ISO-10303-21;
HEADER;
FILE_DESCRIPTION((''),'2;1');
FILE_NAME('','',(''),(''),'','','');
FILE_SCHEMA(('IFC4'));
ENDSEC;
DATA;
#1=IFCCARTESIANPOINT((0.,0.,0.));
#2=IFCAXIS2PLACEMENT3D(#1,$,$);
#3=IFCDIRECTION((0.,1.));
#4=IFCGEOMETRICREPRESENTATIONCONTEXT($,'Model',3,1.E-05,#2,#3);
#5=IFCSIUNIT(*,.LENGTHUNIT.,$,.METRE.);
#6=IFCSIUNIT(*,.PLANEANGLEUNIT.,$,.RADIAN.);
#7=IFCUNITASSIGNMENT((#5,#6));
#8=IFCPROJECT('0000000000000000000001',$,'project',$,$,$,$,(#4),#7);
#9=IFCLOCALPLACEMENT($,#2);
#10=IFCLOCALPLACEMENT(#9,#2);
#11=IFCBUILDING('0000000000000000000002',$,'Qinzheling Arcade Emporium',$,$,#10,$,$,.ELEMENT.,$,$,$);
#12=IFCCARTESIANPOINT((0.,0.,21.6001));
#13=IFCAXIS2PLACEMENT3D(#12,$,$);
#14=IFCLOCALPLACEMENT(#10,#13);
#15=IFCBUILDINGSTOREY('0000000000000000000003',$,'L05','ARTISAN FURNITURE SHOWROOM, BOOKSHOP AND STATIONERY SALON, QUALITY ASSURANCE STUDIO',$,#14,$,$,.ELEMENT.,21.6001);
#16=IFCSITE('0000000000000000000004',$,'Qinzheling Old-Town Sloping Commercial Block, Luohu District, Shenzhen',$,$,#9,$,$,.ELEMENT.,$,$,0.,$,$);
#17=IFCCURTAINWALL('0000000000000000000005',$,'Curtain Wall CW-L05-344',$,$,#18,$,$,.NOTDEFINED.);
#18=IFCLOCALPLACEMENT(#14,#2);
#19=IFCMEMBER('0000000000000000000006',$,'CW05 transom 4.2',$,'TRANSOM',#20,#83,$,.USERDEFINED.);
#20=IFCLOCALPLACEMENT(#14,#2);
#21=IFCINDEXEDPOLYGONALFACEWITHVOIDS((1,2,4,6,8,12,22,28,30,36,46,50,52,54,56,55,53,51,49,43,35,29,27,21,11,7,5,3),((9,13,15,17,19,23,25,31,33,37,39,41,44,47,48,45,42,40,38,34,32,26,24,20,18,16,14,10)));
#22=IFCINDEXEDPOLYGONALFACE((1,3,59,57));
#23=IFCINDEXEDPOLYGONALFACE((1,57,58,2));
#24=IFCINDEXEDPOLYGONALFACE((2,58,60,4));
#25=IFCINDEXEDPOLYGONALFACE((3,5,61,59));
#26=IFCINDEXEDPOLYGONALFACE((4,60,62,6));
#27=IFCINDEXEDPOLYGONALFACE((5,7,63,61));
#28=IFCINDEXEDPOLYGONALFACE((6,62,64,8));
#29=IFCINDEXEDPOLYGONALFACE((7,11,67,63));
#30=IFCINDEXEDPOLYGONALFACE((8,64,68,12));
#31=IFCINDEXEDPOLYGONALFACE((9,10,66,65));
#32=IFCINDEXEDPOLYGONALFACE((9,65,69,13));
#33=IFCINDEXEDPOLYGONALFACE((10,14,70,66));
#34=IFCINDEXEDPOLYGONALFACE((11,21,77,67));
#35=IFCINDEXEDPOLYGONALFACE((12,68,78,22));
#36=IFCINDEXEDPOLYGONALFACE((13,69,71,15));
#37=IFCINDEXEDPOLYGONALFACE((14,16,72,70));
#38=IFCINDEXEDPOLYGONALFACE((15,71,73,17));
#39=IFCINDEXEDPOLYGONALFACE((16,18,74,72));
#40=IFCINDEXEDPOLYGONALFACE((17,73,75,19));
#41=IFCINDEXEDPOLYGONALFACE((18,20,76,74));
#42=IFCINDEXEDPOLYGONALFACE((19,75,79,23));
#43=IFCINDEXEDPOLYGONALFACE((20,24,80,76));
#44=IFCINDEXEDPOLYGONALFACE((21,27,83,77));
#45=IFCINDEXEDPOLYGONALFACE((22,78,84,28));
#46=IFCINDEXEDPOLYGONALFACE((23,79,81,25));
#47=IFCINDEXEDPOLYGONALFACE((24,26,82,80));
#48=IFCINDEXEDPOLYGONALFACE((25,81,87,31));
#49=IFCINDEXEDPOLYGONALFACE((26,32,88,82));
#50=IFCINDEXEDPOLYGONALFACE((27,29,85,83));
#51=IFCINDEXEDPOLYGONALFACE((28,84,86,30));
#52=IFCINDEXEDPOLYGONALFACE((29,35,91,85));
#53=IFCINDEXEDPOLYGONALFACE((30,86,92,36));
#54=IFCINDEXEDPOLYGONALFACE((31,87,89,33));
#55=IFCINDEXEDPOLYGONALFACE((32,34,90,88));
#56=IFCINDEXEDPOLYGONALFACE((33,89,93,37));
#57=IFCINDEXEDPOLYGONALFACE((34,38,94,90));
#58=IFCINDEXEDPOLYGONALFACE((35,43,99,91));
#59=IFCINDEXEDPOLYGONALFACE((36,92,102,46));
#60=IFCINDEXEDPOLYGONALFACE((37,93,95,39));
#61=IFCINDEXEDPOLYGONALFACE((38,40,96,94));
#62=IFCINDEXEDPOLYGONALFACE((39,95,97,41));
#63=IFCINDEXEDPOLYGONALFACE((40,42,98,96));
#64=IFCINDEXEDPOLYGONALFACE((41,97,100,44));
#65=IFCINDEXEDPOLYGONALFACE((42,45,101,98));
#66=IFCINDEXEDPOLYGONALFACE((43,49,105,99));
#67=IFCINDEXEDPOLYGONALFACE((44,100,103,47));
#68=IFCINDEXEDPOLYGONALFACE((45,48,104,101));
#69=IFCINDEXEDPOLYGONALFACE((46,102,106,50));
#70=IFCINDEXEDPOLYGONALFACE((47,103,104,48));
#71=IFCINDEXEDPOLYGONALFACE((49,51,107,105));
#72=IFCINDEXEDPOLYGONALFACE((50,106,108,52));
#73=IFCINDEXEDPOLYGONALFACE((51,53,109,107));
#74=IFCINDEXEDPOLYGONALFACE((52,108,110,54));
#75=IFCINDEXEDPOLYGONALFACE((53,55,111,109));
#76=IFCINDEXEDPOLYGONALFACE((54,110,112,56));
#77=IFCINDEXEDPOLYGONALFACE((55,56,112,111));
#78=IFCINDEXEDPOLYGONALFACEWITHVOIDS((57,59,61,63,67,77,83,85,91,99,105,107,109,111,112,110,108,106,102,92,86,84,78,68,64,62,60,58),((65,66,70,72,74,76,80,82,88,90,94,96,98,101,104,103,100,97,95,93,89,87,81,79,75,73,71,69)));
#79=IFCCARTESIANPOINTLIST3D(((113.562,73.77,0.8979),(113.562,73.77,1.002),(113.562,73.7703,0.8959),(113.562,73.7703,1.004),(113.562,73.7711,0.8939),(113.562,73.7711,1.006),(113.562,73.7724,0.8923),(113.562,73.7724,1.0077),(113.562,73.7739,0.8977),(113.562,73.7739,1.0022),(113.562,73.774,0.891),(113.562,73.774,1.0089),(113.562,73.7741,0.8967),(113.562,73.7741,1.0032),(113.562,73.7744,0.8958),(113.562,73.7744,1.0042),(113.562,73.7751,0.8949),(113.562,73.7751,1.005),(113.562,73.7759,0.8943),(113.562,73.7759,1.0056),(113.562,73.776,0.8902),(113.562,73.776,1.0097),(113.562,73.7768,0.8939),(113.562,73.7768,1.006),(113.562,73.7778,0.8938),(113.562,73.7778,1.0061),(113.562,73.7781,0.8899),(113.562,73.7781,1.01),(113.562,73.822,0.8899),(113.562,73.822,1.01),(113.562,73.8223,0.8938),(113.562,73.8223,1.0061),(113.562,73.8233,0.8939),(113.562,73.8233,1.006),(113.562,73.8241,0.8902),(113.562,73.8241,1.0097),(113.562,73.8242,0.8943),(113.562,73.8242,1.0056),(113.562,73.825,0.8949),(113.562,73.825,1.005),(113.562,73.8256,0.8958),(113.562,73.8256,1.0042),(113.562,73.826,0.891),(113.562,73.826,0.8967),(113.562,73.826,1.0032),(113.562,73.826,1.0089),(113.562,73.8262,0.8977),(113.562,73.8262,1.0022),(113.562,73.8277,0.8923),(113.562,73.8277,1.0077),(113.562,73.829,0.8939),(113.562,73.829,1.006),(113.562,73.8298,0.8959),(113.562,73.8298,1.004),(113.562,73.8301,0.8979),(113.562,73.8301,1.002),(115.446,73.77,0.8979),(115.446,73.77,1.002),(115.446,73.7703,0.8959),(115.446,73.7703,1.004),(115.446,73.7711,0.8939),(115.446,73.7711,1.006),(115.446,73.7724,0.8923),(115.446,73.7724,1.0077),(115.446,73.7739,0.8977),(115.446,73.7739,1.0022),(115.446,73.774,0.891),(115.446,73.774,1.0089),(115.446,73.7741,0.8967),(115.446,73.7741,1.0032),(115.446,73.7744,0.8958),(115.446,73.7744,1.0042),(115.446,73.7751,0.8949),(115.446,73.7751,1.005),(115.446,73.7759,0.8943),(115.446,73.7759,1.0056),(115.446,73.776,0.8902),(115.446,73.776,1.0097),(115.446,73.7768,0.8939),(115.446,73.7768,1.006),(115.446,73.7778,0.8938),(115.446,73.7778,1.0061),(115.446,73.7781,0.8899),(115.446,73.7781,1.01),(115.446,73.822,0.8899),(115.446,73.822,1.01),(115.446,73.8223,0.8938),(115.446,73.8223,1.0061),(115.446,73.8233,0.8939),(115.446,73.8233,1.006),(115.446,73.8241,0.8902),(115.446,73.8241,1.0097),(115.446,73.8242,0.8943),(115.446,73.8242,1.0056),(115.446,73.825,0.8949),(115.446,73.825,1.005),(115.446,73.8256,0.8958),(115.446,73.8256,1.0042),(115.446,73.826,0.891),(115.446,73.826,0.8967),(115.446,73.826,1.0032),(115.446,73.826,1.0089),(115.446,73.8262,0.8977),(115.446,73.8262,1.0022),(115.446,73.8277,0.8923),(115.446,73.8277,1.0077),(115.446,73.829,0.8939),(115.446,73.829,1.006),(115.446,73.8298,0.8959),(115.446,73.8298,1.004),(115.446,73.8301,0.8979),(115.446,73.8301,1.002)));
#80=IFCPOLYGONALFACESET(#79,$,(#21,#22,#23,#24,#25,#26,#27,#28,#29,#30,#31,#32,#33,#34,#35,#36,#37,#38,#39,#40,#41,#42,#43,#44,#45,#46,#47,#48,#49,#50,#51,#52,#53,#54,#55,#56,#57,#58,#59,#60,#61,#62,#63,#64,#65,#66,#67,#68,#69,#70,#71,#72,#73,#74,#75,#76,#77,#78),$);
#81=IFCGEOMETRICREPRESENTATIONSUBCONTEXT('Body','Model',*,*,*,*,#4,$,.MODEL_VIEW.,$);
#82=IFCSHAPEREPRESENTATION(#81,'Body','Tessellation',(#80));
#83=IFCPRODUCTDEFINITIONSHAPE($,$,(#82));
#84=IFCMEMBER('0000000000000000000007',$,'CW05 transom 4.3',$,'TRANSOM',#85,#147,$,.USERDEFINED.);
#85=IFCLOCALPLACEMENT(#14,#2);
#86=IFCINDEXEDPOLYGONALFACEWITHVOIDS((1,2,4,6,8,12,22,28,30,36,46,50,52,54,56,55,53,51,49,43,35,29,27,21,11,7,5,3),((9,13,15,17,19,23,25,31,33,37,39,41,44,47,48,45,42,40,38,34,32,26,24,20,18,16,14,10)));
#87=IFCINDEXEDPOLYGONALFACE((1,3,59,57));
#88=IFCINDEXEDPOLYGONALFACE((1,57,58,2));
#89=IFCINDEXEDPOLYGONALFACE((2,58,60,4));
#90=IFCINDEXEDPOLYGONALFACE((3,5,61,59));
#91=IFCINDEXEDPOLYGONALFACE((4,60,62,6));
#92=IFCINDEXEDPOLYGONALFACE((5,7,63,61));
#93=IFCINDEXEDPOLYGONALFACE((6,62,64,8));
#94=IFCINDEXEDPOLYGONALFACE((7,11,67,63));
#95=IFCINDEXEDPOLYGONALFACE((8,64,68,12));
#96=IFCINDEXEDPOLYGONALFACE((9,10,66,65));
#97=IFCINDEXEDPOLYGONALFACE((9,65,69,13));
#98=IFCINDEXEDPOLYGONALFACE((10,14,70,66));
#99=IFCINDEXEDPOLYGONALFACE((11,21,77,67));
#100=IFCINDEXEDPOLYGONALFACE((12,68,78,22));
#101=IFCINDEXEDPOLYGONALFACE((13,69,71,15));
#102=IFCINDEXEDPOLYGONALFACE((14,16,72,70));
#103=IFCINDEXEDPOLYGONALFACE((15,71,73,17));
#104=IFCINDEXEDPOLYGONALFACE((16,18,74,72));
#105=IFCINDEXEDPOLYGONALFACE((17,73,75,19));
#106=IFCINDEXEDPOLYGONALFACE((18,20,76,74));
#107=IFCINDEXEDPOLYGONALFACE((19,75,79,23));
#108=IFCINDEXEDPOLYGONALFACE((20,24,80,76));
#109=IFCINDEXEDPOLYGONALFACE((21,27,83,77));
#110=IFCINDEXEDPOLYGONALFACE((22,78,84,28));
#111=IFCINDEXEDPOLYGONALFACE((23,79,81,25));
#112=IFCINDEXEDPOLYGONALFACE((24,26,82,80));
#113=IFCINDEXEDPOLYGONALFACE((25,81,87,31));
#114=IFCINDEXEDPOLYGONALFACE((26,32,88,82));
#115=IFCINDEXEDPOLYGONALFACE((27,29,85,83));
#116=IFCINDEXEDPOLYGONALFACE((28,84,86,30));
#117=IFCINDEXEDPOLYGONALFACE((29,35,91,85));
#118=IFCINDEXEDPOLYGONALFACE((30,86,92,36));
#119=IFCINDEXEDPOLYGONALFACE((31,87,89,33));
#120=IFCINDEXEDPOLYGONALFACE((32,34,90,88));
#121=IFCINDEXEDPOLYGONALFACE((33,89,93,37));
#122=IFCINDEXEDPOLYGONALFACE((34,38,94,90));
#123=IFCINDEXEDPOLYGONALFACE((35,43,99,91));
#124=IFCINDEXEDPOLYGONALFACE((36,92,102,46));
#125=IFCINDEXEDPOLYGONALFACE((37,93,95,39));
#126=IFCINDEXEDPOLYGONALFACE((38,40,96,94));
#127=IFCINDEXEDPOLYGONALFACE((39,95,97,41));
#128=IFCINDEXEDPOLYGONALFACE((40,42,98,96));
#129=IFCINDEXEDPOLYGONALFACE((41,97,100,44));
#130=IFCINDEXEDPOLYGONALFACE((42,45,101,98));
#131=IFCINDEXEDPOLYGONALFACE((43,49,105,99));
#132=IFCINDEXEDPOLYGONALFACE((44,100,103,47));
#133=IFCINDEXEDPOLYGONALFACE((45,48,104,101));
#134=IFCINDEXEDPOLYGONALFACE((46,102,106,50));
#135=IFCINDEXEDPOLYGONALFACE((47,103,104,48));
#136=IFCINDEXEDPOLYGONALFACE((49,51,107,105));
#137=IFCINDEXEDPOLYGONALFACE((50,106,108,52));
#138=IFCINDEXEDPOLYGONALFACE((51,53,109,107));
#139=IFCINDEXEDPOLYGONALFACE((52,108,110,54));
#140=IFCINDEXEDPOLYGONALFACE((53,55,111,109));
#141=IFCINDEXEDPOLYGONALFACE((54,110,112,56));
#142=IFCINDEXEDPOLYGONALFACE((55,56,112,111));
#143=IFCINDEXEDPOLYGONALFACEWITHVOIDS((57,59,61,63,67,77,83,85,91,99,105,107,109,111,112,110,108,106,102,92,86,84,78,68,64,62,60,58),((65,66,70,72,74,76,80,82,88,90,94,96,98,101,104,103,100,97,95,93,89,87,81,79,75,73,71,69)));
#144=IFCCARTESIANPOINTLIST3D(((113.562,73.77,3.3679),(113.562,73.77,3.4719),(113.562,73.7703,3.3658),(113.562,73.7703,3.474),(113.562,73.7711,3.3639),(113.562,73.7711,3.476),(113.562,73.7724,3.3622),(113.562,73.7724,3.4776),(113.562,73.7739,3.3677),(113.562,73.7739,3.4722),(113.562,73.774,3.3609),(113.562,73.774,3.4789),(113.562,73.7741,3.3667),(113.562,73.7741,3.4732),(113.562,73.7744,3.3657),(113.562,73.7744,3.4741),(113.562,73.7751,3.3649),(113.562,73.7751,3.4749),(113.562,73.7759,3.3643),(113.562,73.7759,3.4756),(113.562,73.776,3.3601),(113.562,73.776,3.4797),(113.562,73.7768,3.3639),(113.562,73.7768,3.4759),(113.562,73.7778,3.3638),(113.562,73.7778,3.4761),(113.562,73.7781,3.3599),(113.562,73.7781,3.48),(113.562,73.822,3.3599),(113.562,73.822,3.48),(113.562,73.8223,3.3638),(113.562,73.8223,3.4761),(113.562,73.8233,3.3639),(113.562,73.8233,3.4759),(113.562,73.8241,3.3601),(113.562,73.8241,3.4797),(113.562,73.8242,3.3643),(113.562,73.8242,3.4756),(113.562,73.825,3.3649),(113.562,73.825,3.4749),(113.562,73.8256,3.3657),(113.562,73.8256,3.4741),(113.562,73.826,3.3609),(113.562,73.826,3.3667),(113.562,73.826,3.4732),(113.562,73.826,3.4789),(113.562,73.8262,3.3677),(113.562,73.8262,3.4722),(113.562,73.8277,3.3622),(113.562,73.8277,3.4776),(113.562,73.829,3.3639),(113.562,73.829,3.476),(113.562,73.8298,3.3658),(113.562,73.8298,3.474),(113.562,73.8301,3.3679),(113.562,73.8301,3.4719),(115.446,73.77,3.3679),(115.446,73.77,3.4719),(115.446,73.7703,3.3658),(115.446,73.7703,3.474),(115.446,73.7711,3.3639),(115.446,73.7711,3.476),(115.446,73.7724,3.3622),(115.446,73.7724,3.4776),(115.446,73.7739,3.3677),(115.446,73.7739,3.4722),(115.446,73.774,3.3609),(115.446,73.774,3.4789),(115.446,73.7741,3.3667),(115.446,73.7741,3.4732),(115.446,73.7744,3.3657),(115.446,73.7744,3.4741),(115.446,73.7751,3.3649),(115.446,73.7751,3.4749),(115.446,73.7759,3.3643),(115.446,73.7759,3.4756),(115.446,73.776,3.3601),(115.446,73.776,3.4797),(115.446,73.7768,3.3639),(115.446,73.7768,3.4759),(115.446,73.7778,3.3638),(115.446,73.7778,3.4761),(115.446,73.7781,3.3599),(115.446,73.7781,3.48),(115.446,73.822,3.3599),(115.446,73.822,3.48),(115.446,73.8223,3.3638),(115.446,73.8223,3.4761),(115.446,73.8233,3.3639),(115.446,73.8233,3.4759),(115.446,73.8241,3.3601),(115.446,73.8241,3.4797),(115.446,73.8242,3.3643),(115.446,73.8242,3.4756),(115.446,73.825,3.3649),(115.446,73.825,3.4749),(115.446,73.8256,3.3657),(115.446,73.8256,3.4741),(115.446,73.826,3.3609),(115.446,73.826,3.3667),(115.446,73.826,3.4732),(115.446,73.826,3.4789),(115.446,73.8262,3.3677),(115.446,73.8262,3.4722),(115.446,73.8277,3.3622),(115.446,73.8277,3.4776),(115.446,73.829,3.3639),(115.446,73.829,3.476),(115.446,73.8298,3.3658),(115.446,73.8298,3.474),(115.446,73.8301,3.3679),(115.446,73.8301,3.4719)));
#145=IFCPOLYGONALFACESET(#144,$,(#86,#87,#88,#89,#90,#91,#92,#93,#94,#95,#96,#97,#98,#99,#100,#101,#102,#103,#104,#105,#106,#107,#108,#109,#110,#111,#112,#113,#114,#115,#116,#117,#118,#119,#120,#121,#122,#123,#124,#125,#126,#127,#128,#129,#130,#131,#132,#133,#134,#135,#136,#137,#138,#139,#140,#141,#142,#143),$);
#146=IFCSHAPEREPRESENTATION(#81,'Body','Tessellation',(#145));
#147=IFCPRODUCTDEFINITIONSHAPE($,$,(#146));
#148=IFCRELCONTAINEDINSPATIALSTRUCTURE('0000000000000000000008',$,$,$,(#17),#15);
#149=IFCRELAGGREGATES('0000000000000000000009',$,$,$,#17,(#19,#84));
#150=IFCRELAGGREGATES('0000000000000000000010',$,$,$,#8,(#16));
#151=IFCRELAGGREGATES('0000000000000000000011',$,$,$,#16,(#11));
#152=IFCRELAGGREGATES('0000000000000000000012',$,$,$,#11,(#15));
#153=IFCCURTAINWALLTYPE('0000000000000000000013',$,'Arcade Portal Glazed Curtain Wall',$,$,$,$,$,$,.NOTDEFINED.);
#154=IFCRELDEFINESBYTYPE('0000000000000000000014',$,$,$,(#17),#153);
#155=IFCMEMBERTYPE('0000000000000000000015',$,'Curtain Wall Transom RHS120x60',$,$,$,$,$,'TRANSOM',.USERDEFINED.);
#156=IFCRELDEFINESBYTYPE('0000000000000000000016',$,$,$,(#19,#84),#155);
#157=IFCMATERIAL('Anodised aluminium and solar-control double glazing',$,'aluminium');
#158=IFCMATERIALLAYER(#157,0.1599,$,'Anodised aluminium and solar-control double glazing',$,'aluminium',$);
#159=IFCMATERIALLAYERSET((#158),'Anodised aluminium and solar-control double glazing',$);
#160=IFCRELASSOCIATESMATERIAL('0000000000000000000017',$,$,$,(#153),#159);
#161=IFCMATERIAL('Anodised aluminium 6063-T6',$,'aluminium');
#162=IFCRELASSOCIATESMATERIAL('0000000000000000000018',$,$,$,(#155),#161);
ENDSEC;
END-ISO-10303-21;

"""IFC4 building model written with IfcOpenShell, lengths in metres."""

from ifc_helpers import new_model, si_unit, direction, frame, origin, origin_2d, place, context, subcontext, project, spatial, hollow_rectangle, extrude, material, layer, layer_set, material_profile, profile_set, type_object, element, aggregate, save


model = new_model("IFC4")

# Units and contexts
model_context = context("Model", 3, precision=1e-05, world=origin(), true_north=direction((0.0, 1.0)))
body_context = subcontext(model_context, "Body", "Model", "MODEL_VIEW")
ifc_project = project(units=[si_unit("LENGTHUNIT", "METRE"), si_unit("PLANEANGLEUNIT", "RADIAN")], contexts=[model_context])

# Site, building, storey
site_placement = place(None, origin())
site = spatial("IfcSite", under=ifc_project, at=site_placement, Name="Qinzheling Old-Town Sloping Commercial Block, Luohu District, Shenzhen", CompositionType="ELEMENT", RefElevation=0.0)
building_placement = place(site_placement, origin())
building = spatial("IfcBuilding", under=site, at=building_placement, Name="Qinzheling Arcade Emporium", CompositionType="ELEMENT")
storey_placement = place(building_placement, frame((0.0, 0.0, 21.6001)))
storey = spatial("IfcBuildingStorey", under=building, at=storey_placement, Name="L05", Description="ARTISAN FURNITURE SHOWROOM, BOOKSHOP AND STATIONERY SALON, QUALITY ASSURANCE STUDIO", CompositionType="ELEMENT", Elevation=21.6001)

# Curtain wall, members
ifc_material_1 = material(Name="Anodised aluminium and solar-control double glazing", Category="aluminium")
ifc_layer_1 = layer(ifc_material_1, 0.1599, Name="Anodised aluminium and solar-control double glazing", Category="aluminium")
ifc_layer_set_1 = layer_set([ifc_layer_1], Name="Anodised aluminium and solar-control double glazing")
curtain_wall_type = type_object("IfcCurtainWallType", Name="Arcade Portal Glazed Curtain Wall", PredefinedType="NOTDEFINED", material=ifc_layer_set_1)
curtain_wall_placement = place(storey_placement, origin())
curtain_wall = element("IfcCurtainWall", 1, at=curtain_wall_placement, inside=storey, type_object=curtain_wall_type, Name="Curtain Wall CW-L05-344", PredefinedType="NOTDEFINED")
ifc_material_2 = material(Name="Anodised aluminium 6063-T6", Category="aluminium")
ifc_material_profile_1 = material_profile(ifc_material_2, hollow_rectangle(XDim=0.0601, YDim=0.1201, WallThickness=0.0039, InnerFilletRadius=0.0039, OuterFilletRadius=0.0081, at=origin_2d()), Name="RHS 120x60x4", Category="aluminium")
ifc_profile_set_1 = profile_set([ifc_material_profile_1], Name="Anodised aluminium 6063-T6")
member_type_1 = type_object("IfcMemberType", Name="Curtain Wall Transom RHS120x60", ElementType="TRANSOM", PredefinedType="USERDEFINED", material=ifc_profile_set_1)
member_1_placement = place(storey_placement, frame((115.446, 73.8, 0.95), z_axis=(-1.0, 0.0, 0.0), x_axis=(0.0, -1.0, 0.0)))
member_1 = element("IfcMember", 2, at=member_1_placement, type_object=member_type_1, Name="CW05 transom 4.2", ObjectType="TRANSOM", PredefinedType="USERDEFINED", context=body_context, shape_type="SweptSolid", body=[
    extrude(hollow_rectangle(XDim=0.0601, YDim=0.1201, WallThickness=0.0039, InnerFilletRadius=0.0039, OuterFilletRadius=0.0081, at=origin_2d()), origin(), (0.0, 0.0, 1.0), 1.884),
])
member_2_placement = place(storey_placement, frame((115.446, 73.8, 3.4199), z_axis=(-1.0, 0.0, 0.0), x_axis=(0.0, -1.0, 0.0)))
member_2 = element("IfcMember", 3, at=member_2_placement, type_object=member_type_1, Name="CW05 transom 4.3", ObjectType="TRANSOM", PredefinedType="USERDEFINED", context=body_context, shape_type="SweptSolid", body=[
    extrude(hollow_rectangle(XDim=0.0601, YDim=0.1201, WallThickness=0.0039, InnerFilletRadius=0.0039, OuterFilletRadius=0.0081, at=origin_2d()), origin(), (0.0, 0.0, 1.0), 1.884),
])

aggregate(curtain_wall, [member_1, member_2])

save(model, "model.ifc")
